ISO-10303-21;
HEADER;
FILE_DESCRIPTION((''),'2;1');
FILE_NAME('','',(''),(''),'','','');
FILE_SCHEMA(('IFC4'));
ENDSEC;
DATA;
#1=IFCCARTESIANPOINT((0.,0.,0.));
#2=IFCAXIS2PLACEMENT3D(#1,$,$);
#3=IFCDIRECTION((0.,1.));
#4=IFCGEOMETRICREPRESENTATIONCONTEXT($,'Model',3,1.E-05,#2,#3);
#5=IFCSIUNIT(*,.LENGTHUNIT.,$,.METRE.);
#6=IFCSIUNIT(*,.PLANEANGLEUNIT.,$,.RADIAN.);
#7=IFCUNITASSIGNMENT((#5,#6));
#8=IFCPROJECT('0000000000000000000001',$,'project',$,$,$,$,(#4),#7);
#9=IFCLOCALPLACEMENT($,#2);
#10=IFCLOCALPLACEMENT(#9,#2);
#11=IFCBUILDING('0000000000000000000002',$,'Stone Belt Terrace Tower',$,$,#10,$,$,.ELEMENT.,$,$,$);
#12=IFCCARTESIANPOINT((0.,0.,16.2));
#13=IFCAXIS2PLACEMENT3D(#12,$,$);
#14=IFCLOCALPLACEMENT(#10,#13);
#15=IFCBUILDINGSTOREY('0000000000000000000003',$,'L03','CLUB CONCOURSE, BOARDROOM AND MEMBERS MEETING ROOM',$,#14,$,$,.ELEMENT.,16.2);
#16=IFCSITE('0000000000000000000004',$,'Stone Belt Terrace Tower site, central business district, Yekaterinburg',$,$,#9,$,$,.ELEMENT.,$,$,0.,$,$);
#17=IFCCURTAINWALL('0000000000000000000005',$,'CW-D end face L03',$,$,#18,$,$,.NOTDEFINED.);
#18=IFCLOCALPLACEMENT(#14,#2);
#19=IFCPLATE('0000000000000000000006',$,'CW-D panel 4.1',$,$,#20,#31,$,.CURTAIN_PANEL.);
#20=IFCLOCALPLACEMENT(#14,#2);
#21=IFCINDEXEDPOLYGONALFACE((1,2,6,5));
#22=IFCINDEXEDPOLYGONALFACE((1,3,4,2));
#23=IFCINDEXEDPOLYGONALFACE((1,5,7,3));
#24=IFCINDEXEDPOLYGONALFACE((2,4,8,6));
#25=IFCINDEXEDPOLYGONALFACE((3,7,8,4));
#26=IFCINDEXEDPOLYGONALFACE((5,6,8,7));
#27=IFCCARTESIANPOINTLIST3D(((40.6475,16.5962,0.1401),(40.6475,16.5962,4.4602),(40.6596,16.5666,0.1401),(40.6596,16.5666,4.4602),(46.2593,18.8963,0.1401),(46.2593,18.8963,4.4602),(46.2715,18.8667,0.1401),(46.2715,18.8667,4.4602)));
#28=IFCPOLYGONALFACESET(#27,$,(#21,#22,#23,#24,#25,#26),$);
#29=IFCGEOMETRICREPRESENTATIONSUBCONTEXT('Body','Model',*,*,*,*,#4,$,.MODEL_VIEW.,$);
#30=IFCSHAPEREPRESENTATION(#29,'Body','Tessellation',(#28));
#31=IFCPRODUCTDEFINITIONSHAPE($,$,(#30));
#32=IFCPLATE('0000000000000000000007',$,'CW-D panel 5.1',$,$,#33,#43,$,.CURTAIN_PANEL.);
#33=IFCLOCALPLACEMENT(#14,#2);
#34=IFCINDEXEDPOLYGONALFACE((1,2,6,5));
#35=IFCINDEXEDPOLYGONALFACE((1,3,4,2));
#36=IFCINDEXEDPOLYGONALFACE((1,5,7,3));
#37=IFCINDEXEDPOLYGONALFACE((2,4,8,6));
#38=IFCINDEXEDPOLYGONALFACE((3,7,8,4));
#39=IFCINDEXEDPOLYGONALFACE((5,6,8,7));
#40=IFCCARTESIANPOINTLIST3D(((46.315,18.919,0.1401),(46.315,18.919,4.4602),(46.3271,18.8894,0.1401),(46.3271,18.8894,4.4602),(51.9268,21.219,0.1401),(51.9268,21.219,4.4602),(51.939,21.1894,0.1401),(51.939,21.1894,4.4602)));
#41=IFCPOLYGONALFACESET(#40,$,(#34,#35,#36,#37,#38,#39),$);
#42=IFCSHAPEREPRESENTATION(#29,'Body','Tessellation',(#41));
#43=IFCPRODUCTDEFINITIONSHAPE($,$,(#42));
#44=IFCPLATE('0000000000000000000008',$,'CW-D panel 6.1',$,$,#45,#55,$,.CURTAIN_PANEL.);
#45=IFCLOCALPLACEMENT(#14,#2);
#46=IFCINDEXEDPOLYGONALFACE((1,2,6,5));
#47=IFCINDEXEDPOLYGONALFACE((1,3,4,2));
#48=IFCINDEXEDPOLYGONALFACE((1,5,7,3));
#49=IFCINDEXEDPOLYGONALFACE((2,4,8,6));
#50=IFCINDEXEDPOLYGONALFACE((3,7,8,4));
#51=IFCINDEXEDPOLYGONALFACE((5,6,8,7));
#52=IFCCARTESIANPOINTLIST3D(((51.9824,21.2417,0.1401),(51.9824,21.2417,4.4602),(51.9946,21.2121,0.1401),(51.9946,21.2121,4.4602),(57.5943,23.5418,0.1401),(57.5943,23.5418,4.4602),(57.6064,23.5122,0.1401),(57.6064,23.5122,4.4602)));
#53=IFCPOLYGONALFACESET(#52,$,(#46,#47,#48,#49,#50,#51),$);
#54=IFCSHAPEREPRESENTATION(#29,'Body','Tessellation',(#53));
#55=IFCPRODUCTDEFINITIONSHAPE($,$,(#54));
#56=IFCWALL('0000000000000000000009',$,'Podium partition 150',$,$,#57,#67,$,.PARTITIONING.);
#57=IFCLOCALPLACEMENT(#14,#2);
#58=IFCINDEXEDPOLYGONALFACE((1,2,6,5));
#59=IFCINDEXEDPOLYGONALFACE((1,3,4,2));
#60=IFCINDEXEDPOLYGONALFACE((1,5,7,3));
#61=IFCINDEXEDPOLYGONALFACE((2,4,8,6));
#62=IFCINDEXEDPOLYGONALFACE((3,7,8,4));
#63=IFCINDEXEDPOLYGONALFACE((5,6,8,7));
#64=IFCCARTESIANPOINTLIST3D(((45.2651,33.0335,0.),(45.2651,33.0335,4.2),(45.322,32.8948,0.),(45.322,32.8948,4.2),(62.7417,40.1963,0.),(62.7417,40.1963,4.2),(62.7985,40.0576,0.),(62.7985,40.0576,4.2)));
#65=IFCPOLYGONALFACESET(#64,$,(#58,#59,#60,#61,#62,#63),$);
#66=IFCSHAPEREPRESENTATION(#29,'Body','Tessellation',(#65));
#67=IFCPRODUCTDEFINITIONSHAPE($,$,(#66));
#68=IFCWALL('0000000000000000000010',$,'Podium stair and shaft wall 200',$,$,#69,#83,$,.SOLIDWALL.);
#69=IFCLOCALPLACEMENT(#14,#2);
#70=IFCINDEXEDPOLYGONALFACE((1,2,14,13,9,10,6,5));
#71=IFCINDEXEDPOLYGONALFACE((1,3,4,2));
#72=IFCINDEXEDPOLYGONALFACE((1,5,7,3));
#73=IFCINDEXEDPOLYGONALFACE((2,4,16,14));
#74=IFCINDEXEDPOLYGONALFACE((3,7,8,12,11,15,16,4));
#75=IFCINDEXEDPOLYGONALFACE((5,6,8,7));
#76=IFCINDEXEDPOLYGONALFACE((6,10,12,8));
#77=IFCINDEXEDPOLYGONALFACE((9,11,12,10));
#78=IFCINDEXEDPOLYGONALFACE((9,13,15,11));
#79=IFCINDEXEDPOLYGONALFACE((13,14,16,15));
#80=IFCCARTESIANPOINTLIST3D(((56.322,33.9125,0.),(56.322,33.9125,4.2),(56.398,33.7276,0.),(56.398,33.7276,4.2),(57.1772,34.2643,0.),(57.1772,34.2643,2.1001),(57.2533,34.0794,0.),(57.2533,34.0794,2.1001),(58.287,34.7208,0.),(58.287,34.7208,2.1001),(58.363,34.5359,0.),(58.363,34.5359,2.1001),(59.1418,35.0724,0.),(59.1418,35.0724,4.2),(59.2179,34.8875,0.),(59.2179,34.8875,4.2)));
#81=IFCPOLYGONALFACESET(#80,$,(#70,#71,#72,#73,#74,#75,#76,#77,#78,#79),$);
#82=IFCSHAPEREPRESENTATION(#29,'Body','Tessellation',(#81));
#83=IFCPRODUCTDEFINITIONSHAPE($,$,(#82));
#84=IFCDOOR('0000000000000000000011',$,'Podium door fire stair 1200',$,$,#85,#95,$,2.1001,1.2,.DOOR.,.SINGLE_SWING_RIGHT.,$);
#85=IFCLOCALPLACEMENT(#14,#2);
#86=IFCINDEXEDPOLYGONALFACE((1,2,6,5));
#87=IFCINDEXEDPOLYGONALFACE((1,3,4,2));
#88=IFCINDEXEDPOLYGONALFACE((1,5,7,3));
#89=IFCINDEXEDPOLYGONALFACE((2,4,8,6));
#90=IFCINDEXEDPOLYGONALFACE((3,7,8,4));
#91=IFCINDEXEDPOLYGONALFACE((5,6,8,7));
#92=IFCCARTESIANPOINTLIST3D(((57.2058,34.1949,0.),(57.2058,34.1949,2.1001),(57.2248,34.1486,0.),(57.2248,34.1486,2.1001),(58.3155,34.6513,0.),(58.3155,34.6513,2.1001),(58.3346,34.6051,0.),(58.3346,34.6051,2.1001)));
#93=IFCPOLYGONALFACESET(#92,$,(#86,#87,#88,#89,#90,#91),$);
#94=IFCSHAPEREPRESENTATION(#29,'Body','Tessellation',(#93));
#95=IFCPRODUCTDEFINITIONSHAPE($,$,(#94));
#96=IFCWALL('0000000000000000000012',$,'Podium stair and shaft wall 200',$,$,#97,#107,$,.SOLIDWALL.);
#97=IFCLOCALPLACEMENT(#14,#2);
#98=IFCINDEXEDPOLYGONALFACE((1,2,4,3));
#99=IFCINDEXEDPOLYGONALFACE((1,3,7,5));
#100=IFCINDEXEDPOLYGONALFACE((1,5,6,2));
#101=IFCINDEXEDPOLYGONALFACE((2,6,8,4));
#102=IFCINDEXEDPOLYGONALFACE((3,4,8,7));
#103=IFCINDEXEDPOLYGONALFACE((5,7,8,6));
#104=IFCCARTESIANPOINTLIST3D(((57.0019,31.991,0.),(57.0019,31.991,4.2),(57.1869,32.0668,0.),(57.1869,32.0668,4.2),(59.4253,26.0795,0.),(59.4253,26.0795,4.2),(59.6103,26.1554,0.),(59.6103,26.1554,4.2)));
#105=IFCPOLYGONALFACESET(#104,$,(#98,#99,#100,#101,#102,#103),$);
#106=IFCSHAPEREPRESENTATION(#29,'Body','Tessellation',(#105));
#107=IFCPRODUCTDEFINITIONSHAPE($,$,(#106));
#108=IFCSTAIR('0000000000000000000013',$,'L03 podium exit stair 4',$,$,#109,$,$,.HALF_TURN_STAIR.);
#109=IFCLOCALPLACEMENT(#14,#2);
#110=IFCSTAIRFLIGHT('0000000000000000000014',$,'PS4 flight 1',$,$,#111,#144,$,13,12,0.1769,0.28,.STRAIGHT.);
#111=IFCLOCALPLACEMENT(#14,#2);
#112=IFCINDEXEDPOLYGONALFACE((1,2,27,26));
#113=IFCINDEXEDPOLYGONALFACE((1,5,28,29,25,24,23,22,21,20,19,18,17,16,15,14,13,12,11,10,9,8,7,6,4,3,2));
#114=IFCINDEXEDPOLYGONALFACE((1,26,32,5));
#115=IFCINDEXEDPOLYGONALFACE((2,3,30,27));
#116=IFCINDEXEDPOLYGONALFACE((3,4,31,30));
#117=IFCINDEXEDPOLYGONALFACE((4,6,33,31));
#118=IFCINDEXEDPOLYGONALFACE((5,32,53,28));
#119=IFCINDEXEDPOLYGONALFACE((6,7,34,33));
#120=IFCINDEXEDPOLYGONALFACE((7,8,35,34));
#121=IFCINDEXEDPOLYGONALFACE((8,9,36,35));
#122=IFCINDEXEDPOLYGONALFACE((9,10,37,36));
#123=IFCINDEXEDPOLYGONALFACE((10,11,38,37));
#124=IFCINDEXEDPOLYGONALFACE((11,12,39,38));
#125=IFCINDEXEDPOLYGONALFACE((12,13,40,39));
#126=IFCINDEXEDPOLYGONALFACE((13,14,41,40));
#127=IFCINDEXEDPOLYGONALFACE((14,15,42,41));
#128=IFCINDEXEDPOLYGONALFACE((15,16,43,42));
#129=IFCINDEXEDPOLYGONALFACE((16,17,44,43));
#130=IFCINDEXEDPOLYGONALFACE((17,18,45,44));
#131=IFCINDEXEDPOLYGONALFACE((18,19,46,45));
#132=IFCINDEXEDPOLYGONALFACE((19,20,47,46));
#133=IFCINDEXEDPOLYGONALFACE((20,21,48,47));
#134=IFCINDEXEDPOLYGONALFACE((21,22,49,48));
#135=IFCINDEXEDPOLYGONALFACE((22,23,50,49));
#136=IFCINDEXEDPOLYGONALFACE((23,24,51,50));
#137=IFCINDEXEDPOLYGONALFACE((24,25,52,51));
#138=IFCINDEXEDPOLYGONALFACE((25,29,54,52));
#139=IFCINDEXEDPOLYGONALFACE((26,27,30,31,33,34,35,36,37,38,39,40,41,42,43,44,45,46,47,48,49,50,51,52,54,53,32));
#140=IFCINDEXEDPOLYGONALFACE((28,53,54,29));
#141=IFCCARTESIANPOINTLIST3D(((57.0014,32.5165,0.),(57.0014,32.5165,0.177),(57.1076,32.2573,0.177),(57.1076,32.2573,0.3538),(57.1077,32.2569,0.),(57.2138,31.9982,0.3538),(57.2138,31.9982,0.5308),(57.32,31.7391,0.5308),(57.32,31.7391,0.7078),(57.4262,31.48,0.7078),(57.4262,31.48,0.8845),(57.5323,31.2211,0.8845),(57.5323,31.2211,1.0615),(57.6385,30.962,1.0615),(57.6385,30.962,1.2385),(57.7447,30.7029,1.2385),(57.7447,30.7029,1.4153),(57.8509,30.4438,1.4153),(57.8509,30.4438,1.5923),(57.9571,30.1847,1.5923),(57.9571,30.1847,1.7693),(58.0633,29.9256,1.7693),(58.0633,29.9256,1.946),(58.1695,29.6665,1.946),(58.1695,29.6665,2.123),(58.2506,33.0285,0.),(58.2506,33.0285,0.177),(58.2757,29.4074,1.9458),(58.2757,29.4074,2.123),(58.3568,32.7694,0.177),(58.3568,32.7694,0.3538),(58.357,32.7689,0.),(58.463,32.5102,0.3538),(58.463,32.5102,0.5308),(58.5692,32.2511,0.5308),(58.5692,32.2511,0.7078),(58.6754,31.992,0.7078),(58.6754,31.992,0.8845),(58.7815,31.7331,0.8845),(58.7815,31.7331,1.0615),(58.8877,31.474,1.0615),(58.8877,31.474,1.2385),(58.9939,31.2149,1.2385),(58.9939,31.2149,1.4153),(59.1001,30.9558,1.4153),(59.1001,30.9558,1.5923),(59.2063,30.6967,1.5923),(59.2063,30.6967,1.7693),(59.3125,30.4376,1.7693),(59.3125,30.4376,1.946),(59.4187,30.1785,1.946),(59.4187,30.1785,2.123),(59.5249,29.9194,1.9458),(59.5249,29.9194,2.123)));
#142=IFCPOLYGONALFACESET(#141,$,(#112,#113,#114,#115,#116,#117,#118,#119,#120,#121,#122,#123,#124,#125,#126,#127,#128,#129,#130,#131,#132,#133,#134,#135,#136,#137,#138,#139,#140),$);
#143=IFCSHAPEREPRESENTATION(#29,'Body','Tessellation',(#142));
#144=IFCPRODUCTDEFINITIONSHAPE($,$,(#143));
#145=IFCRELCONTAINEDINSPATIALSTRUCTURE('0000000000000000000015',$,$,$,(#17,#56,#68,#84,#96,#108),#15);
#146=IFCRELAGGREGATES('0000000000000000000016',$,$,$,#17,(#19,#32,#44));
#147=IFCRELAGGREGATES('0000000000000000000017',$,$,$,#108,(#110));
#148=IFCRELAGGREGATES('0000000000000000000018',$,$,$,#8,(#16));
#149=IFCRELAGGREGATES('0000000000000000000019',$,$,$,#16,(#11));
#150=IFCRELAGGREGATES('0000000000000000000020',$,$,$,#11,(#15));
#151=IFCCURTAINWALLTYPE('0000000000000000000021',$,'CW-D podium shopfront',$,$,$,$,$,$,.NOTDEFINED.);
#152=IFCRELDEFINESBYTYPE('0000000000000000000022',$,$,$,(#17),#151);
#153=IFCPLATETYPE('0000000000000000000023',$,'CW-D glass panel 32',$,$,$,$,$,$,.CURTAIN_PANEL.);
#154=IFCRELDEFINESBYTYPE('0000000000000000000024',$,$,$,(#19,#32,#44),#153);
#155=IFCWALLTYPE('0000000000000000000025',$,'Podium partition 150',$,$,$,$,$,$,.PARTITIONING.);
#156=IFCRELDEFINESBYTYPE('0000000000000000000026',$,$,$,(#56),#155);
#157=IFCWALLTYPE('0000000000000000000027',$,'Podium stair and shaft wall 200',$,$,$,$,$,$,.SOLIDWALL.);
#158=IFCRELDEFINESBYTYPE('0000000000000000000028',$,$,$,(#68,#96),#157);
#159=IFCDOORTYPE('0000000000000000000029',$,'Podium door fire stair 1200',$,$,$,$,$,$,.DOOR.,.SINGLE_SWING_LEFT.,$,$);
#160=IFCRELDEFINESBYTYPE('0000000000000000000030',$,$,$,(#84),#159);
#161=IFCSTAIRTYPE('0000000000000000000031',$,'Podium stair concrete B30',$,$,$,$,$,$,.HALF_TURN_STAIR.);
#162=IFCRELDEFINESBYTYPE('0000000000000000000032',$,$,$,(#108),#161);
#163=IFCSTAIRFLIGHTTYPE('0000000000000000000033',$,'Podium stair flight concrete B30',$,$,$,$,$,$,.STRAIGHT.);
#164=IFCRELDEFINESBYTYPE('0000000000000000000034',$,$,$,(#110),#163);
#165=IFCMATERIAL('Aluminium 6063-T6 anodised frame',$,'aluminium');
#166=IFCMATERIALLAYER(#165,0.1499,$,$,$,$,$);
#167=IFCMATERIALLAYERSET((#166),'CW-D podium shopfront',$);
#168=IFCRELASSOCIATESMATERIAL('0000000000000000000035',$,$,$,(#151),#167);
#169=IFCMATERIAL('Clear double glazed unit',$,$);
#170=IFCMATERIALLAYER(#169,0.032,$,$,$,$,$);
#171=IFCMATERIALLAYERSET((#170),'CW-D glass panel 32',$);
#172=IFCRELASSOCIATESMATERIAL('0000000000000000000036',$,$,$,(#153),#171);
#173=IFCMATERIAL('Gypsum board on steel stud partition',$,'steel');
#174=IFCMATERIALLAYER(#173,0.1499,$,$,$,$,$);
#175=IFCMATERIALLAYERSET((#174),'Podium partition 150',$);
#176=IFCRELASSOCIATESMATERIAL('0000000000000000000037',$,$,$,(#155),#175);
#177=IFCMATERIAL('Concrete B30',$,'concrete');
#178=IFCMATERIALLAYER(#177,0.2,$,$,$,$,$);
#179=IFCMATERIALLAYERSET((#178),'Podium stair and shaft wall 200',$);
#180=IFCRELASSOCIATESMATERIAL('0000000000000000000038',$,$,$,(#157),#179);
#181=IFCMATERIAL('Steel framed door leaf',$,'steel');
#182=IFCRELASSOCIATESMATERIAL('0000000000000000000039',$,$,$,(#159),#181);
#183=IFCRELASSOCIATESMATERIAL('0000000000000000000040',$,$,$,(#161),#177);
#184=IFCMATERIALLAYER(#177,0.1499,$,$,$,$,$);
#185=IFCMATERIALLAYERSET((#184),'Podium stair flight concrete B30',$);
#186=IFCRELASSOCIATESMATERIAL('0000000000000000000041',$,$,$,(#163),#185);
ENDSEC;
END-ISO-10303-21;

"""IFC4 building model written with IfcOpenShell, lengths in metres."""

from ifc_helpers import new_model, si_unit, direction, frame, frame_2d, origin, origin_2d, place, context, subcontext, project, spatial, polyline, rectangle, outline, extrude, material, layer, layer_set, type_object, element, fill, aggregate, save


model = new_model("IFC4")

# Units and contexts
model_context = context("Model", 3, precision=1e-05, world=origin(), true_north=direction((0.0, 1.0)))
body_context = subcontext(model_context, "Body", "Model", "MODEL_VIEW")
ifc_project = project(units=[si_unit("LENGTHUNIT", "METRE"), si_unit("PLANEANGLEUNIT", "RADIAN")], contexts=[model_context])

# Site, building, storey
site_placement = place(None, origin())
site = spatial("IfcSite", under=ifc_project, at=site_placement, Name="Stone Belt Terrace Tower site, central business district, Yekaterinburg", CompositionType="ELEMENT", RefElevation=0.0)
building_placement = place(site_placement, origin())
building = spatial("IfcBuilding", under=site, at=building_placement, Name="Stone Belt Terrace Tower", CompositionType="ELEMENT")
storey_placement = place(building_placement, frame((0.0, 0.0, 16.2)))
storey = spatial("IfcBuildingStorey", under=building, at=storey_placement, Name="L03", Description="CLUB CONCOURSE, BOARDROOM AND MEMBERS MEETING ROOM", CompositionType="ELEMENT", Elevation=16.2)

# Curtain wall
ifc_material_1 = material(Name="Aluminium 6063-T6 anodised frame", Category="aluminium")
ifc_layer_1 = layer(ifc_material_1, 0.1499)
ifc_layer_set_1 = layer_set([ifc_layer_1], Name="CW-D podium shopfront")
curtain_wall_type = type_object("IfcCurtainWallType", Name="CW-D podium shopfront", PredefinedType="NOTDEFINED", material=ifc_layer_set_1)
curtain_wall_placement = place(storey_placement, origin())
curtain_wall = element("IfcCurtainWall", 1, at=curtain_wall_placement, inside=storey, type_object=curtain_wall_type, Name="CW-D end face L03", PredefinedType="NOTDEFINED")

# Plates
ifc_material_2 = material(Name="Clear double glazed unit")
ifc_layer_2 = layer(ifc_material_2, 0.032)
ifc_layer_set_2 = layer_set([ifc_layer_2], Name="CW-D glass panel 32")
plate_type = type_object("IfcPlateType", Name="CW-D glass panel 32", PredefinedType="CURTAIN_PANEL", material=ifc_layer_set_2)
plate_1_placement = place(storey_placement, frame((43.4595, 17.7314, 0.1401), z_axis=(0.0, 0.0, 1.0), x_axis=(0.925297, 0.379243, 0.0)))
plate_1 = element("IfcPlate", 2, at=plate_1_placement, type_object=plate_type, Name="CW-D panel 4.1", PredefinedType="CURTAIN_PANEL", context=body_context, shape_type="SweptSolid", body=[
    extrude(rectangle(XDim=6.0649, YDim=0.032, at=origin_2d()), origin(), (0.0, 0.0, 1.0), 4.3201),
])
plate_2_placement = place(storey_placement, frame((49.127, 20.0542, 0.1401), z_axis=(0.0, 0.0, 1.0), x_axis=(0.925297, 0.379243, 0.0)))
plate_2 = element("IfcPlate", 3, at=plate_2_placement, type_object=plate_type, Name="CW-D panel 5.1", PredefinedType="CURTAIN_PANEL", context=body_context, shape_type="SweptSolid", body=[
    extrude(rectangle(XDim=6.0649, YDim=0.032, at=origin_2d()), origin(), (0.0, 0.0, 1.0), 4.3201),
])
plate_3_placement = place(storey_placement, frame((54.7944, 22.377, 0.1401), z_axis=(0.0, 0.0, 1.0), x_axis=(0.925297, 0.379243, 0.0)))
plate_3 = element("IfcPlate", 4, at=plate_3_placement, type_object=plate_type, Name="CW-D panel 6.1", PredefinedType="CURTAIN_PANEL", context=body_context, shape_type="SweptSolid", body=[
    extrude(rectangle(XDim=6.0649, YDim=0.032, at=origin_2d()), origin(), (0.0, 0.0, 1.0), 4.3201),
])
aggregate(curtain_wall, [plate_1, plate_2, plate_3])

# Wall
ifc_material_3 = material(Name="Gypsum board on steel stud partition", Category="steel")
ifc_layer_3 = layer(ifc_material_3, 0.1499)
ifc_layer_set_3 = layer_set([ifc_layer_3], Name="Podium partition 150")
wall_type_1 = type_object("IfcWallType", Name="Podium partition 150", PredefinedType="PARTITIONING", material=ifc_layer_set_3)
wall_1_placement = place(storey_placement, frame((45.2935, 32.9641, 0.0), z_axis=(0.0, 0.0, 1.0), x_axis=(0.925299, 0.379238, 0.0)))
element("IfcWall", 5, at=wall_1_placement, inside=storey, type_object=wall_type_1, Name="Podium partition 150", PredefinedType="PARTITIONING", context=body_context, shape_type="SweptSolid", body=[
    extrude(rectangle(XDim=18.8875, YDim=0.1499, at=frame_2d((9.4438, 0.0))), origin(), (0.0, 0.0, 1.0), 4.2),
])

# Wall, opening, door
ifc_material_4 = material(Name="Concrete B30", Category="concrete")
ifc_layer_4 = layer(ifc_material_4, 0.2)
ifc_layer_set_4 = layer_set([ifc_layer_4], Name="Podium stair and shaft wall 200")
wall_type_2 = type_object("IfcWallType", Name="Podium stair and shaft wall 200", PredefinedType="SOLIDWALL", material=ifc_layer_set_4)
wall_2_placement = place(storey_placement, frame((56.3601, 33.8201, 0.0), z_axis=(0.0, 0.0, 1.0), x_axis=(0.924816, 0.380416, 0.0)))
wall_2 = element("IfcWall", 6, at=wall_2_placement, inside=storey, type_object=wall_type_2, Name="Podium stair and shaft wall 200", PredefinedType="SOLIDWALL", context=body_context, shape_type="SweptSolid", body=[
    extrude(rectangle(XDim=3.0491, YDim=0.2, at=frame_2d((1.5244, 0.0))), origin(), (0.0, 0.0, 1.0), 4.2),
])
opening_placement = place(wall_2_placement, frame((0.9246, 0.0, 0.0)))
opening = element("IfcOpeningElement", 7, at=opening_placement, cuts=wall_2, PredefinedType="OPENING", context=body_context, shape_type="SweptSolid", body=[
    extrude(rectangle(XDim=1.2, YDim=2.1001, at=frame_2d((0.6001, 1.05))), frame((0.0, 0.1099, 0.0), z_axis=(0.0, -1.0, 0.0), x_axis=(1.0, 0.0, 0.0)), (0.0, 0.0, 1.0), 0.22),
])
ifc_material_5 = material(Name="Steel framed door leaf", Category="steel")
door_type = type_object("IfcDoorType", Name="Podium door fire stair 1200", OperationType="SINGLE_SWING_LEFT", PredefinedType="DOOR", material=ifc_material_5)
door_placement = place(opening_placement, origin())
door = element("IfcDoor", 8, at=door_placement, inside=storey, type_object=door_type, Name="Podium door fire stair 1200", OperationType="SINGLE_SWING_RIGHT", OverallHeight=2.1001, OverallWidth=1.2, PredefinedType="DOOR", context=body_context, shape_type="SweptSolid", body=[
    extrude(rectangle(XDim=1.2, YDim=2.1001, at=frame_2d((0.6001, 1.05))), frame((0.0, 0.0249, 0.0), z_axis=(0.0, -1.0, 0.0), x_axis=(1.0, 0.0, 0.0)), (0.0, 0.0, 1.0), 0.05),
])
fill(opening, door)

# Wall
wall_3_placement = place(storey_placement, frame((57.0945, 32.0288, 0.0), z_axis=(0.0, 0.0, 1.0), x_axis=(0.37931, -0.92527, 0.0)))
element("IfcWall", 9, at=wall_3_placement, inside=storey, type_object=wall_type_2, Name="Podium stair and shaft wall 200", PredefinedType="SOLIDWALL", context=body_context, shape_type="SweptSolid", body=[
    extrude(rectangle(XDim=6.3889, YDim=0.2, at=frame_2d((3.1943, 0.0))), origin(), (0.0, 0.0, 1.0), 4.2),
])

# Stair, stair flight
stair_type = type_object("IfcStairType", Name="Podium stair concrete B30", PredefinedType="HALF_TURN_STAIR", material=ifc_material_4)
stair_placement = place(storey_placement, origin())
stair = element("IfcStair", 10, at=stair_placement, inside=storey, type_object=stair_type, Name="L03 podium exit stair 4", PredefinedType="HALF_TURN_STAIR")
ifc_layer_5 = layer(ifc_material_4, 0.1499)
ifc_layer_set_5 = layer_set([ifc_layer_5], Name="Podium stair flight concrete B30")
stair_flight_type = type_object("IfcStairFlightType", Name="Podium stair flight concrete B30", PredefinedType="STRAIGHT", material=ifc_layer_set_5)
stair_flight_placement = place(storey_placement, frame((57.626, 32.7725, 0.0), z_axis=(0.0, 0.0, 1.0), x_axis=(0.379243, -0.925297, 0.0)))
stair_flight = element("IfcStairFlight", 11, at=stair_flight_placement, type_object=stair_flight_type, Name="PS4 flight 1", NumberOfRisers=13, NumberOfTreads=12, PredefinedType="STRAIGHT", RiserHeight=0.1769, TreadLength=0.28, context=body_context, shape_type="SweptSolid", body=[
    extrude(outline(polyline([(0.0, 0.0), (0.0, 0.177), (0.28, 0.177), (0.28, 0.3538), (0.5601, 0.3538), (0.5601, 0.5308), (0.8401, 0.5308), (0.8401, 0.7078), (1.1201, 0.7078), (1.1201, 0.8845), (1.3999, 0.8845), (1.3999, 1.0615), (1.6799, 1.0615), (1.6799, 1.2385), (1.96, 1.2385), (1.96, 1.4153), (2.24, 1.4153), (2.24, 1.5923), (2.52, 1.5923), (2.52, 1.7693), (2.8, 1.7693), (2.8, 1.946), (3.0801, 1.946), (3.0801, 2.123), (3.3601, 2.123), (3.3601, 2.3), (3.3601, 1.9458), (0.2805, 0.0), (0.0, 0.0)])), frame((0.0, 0.675, 0.0), z_axis=(0.0, -1.0, 0.0), x_axis=(1.0, 0.0, 0.0)), (0.0, 0.0, 1.0), 1.3501),
])
aggregate(stair, [stair_flight])

save(model, "model.ifc")
